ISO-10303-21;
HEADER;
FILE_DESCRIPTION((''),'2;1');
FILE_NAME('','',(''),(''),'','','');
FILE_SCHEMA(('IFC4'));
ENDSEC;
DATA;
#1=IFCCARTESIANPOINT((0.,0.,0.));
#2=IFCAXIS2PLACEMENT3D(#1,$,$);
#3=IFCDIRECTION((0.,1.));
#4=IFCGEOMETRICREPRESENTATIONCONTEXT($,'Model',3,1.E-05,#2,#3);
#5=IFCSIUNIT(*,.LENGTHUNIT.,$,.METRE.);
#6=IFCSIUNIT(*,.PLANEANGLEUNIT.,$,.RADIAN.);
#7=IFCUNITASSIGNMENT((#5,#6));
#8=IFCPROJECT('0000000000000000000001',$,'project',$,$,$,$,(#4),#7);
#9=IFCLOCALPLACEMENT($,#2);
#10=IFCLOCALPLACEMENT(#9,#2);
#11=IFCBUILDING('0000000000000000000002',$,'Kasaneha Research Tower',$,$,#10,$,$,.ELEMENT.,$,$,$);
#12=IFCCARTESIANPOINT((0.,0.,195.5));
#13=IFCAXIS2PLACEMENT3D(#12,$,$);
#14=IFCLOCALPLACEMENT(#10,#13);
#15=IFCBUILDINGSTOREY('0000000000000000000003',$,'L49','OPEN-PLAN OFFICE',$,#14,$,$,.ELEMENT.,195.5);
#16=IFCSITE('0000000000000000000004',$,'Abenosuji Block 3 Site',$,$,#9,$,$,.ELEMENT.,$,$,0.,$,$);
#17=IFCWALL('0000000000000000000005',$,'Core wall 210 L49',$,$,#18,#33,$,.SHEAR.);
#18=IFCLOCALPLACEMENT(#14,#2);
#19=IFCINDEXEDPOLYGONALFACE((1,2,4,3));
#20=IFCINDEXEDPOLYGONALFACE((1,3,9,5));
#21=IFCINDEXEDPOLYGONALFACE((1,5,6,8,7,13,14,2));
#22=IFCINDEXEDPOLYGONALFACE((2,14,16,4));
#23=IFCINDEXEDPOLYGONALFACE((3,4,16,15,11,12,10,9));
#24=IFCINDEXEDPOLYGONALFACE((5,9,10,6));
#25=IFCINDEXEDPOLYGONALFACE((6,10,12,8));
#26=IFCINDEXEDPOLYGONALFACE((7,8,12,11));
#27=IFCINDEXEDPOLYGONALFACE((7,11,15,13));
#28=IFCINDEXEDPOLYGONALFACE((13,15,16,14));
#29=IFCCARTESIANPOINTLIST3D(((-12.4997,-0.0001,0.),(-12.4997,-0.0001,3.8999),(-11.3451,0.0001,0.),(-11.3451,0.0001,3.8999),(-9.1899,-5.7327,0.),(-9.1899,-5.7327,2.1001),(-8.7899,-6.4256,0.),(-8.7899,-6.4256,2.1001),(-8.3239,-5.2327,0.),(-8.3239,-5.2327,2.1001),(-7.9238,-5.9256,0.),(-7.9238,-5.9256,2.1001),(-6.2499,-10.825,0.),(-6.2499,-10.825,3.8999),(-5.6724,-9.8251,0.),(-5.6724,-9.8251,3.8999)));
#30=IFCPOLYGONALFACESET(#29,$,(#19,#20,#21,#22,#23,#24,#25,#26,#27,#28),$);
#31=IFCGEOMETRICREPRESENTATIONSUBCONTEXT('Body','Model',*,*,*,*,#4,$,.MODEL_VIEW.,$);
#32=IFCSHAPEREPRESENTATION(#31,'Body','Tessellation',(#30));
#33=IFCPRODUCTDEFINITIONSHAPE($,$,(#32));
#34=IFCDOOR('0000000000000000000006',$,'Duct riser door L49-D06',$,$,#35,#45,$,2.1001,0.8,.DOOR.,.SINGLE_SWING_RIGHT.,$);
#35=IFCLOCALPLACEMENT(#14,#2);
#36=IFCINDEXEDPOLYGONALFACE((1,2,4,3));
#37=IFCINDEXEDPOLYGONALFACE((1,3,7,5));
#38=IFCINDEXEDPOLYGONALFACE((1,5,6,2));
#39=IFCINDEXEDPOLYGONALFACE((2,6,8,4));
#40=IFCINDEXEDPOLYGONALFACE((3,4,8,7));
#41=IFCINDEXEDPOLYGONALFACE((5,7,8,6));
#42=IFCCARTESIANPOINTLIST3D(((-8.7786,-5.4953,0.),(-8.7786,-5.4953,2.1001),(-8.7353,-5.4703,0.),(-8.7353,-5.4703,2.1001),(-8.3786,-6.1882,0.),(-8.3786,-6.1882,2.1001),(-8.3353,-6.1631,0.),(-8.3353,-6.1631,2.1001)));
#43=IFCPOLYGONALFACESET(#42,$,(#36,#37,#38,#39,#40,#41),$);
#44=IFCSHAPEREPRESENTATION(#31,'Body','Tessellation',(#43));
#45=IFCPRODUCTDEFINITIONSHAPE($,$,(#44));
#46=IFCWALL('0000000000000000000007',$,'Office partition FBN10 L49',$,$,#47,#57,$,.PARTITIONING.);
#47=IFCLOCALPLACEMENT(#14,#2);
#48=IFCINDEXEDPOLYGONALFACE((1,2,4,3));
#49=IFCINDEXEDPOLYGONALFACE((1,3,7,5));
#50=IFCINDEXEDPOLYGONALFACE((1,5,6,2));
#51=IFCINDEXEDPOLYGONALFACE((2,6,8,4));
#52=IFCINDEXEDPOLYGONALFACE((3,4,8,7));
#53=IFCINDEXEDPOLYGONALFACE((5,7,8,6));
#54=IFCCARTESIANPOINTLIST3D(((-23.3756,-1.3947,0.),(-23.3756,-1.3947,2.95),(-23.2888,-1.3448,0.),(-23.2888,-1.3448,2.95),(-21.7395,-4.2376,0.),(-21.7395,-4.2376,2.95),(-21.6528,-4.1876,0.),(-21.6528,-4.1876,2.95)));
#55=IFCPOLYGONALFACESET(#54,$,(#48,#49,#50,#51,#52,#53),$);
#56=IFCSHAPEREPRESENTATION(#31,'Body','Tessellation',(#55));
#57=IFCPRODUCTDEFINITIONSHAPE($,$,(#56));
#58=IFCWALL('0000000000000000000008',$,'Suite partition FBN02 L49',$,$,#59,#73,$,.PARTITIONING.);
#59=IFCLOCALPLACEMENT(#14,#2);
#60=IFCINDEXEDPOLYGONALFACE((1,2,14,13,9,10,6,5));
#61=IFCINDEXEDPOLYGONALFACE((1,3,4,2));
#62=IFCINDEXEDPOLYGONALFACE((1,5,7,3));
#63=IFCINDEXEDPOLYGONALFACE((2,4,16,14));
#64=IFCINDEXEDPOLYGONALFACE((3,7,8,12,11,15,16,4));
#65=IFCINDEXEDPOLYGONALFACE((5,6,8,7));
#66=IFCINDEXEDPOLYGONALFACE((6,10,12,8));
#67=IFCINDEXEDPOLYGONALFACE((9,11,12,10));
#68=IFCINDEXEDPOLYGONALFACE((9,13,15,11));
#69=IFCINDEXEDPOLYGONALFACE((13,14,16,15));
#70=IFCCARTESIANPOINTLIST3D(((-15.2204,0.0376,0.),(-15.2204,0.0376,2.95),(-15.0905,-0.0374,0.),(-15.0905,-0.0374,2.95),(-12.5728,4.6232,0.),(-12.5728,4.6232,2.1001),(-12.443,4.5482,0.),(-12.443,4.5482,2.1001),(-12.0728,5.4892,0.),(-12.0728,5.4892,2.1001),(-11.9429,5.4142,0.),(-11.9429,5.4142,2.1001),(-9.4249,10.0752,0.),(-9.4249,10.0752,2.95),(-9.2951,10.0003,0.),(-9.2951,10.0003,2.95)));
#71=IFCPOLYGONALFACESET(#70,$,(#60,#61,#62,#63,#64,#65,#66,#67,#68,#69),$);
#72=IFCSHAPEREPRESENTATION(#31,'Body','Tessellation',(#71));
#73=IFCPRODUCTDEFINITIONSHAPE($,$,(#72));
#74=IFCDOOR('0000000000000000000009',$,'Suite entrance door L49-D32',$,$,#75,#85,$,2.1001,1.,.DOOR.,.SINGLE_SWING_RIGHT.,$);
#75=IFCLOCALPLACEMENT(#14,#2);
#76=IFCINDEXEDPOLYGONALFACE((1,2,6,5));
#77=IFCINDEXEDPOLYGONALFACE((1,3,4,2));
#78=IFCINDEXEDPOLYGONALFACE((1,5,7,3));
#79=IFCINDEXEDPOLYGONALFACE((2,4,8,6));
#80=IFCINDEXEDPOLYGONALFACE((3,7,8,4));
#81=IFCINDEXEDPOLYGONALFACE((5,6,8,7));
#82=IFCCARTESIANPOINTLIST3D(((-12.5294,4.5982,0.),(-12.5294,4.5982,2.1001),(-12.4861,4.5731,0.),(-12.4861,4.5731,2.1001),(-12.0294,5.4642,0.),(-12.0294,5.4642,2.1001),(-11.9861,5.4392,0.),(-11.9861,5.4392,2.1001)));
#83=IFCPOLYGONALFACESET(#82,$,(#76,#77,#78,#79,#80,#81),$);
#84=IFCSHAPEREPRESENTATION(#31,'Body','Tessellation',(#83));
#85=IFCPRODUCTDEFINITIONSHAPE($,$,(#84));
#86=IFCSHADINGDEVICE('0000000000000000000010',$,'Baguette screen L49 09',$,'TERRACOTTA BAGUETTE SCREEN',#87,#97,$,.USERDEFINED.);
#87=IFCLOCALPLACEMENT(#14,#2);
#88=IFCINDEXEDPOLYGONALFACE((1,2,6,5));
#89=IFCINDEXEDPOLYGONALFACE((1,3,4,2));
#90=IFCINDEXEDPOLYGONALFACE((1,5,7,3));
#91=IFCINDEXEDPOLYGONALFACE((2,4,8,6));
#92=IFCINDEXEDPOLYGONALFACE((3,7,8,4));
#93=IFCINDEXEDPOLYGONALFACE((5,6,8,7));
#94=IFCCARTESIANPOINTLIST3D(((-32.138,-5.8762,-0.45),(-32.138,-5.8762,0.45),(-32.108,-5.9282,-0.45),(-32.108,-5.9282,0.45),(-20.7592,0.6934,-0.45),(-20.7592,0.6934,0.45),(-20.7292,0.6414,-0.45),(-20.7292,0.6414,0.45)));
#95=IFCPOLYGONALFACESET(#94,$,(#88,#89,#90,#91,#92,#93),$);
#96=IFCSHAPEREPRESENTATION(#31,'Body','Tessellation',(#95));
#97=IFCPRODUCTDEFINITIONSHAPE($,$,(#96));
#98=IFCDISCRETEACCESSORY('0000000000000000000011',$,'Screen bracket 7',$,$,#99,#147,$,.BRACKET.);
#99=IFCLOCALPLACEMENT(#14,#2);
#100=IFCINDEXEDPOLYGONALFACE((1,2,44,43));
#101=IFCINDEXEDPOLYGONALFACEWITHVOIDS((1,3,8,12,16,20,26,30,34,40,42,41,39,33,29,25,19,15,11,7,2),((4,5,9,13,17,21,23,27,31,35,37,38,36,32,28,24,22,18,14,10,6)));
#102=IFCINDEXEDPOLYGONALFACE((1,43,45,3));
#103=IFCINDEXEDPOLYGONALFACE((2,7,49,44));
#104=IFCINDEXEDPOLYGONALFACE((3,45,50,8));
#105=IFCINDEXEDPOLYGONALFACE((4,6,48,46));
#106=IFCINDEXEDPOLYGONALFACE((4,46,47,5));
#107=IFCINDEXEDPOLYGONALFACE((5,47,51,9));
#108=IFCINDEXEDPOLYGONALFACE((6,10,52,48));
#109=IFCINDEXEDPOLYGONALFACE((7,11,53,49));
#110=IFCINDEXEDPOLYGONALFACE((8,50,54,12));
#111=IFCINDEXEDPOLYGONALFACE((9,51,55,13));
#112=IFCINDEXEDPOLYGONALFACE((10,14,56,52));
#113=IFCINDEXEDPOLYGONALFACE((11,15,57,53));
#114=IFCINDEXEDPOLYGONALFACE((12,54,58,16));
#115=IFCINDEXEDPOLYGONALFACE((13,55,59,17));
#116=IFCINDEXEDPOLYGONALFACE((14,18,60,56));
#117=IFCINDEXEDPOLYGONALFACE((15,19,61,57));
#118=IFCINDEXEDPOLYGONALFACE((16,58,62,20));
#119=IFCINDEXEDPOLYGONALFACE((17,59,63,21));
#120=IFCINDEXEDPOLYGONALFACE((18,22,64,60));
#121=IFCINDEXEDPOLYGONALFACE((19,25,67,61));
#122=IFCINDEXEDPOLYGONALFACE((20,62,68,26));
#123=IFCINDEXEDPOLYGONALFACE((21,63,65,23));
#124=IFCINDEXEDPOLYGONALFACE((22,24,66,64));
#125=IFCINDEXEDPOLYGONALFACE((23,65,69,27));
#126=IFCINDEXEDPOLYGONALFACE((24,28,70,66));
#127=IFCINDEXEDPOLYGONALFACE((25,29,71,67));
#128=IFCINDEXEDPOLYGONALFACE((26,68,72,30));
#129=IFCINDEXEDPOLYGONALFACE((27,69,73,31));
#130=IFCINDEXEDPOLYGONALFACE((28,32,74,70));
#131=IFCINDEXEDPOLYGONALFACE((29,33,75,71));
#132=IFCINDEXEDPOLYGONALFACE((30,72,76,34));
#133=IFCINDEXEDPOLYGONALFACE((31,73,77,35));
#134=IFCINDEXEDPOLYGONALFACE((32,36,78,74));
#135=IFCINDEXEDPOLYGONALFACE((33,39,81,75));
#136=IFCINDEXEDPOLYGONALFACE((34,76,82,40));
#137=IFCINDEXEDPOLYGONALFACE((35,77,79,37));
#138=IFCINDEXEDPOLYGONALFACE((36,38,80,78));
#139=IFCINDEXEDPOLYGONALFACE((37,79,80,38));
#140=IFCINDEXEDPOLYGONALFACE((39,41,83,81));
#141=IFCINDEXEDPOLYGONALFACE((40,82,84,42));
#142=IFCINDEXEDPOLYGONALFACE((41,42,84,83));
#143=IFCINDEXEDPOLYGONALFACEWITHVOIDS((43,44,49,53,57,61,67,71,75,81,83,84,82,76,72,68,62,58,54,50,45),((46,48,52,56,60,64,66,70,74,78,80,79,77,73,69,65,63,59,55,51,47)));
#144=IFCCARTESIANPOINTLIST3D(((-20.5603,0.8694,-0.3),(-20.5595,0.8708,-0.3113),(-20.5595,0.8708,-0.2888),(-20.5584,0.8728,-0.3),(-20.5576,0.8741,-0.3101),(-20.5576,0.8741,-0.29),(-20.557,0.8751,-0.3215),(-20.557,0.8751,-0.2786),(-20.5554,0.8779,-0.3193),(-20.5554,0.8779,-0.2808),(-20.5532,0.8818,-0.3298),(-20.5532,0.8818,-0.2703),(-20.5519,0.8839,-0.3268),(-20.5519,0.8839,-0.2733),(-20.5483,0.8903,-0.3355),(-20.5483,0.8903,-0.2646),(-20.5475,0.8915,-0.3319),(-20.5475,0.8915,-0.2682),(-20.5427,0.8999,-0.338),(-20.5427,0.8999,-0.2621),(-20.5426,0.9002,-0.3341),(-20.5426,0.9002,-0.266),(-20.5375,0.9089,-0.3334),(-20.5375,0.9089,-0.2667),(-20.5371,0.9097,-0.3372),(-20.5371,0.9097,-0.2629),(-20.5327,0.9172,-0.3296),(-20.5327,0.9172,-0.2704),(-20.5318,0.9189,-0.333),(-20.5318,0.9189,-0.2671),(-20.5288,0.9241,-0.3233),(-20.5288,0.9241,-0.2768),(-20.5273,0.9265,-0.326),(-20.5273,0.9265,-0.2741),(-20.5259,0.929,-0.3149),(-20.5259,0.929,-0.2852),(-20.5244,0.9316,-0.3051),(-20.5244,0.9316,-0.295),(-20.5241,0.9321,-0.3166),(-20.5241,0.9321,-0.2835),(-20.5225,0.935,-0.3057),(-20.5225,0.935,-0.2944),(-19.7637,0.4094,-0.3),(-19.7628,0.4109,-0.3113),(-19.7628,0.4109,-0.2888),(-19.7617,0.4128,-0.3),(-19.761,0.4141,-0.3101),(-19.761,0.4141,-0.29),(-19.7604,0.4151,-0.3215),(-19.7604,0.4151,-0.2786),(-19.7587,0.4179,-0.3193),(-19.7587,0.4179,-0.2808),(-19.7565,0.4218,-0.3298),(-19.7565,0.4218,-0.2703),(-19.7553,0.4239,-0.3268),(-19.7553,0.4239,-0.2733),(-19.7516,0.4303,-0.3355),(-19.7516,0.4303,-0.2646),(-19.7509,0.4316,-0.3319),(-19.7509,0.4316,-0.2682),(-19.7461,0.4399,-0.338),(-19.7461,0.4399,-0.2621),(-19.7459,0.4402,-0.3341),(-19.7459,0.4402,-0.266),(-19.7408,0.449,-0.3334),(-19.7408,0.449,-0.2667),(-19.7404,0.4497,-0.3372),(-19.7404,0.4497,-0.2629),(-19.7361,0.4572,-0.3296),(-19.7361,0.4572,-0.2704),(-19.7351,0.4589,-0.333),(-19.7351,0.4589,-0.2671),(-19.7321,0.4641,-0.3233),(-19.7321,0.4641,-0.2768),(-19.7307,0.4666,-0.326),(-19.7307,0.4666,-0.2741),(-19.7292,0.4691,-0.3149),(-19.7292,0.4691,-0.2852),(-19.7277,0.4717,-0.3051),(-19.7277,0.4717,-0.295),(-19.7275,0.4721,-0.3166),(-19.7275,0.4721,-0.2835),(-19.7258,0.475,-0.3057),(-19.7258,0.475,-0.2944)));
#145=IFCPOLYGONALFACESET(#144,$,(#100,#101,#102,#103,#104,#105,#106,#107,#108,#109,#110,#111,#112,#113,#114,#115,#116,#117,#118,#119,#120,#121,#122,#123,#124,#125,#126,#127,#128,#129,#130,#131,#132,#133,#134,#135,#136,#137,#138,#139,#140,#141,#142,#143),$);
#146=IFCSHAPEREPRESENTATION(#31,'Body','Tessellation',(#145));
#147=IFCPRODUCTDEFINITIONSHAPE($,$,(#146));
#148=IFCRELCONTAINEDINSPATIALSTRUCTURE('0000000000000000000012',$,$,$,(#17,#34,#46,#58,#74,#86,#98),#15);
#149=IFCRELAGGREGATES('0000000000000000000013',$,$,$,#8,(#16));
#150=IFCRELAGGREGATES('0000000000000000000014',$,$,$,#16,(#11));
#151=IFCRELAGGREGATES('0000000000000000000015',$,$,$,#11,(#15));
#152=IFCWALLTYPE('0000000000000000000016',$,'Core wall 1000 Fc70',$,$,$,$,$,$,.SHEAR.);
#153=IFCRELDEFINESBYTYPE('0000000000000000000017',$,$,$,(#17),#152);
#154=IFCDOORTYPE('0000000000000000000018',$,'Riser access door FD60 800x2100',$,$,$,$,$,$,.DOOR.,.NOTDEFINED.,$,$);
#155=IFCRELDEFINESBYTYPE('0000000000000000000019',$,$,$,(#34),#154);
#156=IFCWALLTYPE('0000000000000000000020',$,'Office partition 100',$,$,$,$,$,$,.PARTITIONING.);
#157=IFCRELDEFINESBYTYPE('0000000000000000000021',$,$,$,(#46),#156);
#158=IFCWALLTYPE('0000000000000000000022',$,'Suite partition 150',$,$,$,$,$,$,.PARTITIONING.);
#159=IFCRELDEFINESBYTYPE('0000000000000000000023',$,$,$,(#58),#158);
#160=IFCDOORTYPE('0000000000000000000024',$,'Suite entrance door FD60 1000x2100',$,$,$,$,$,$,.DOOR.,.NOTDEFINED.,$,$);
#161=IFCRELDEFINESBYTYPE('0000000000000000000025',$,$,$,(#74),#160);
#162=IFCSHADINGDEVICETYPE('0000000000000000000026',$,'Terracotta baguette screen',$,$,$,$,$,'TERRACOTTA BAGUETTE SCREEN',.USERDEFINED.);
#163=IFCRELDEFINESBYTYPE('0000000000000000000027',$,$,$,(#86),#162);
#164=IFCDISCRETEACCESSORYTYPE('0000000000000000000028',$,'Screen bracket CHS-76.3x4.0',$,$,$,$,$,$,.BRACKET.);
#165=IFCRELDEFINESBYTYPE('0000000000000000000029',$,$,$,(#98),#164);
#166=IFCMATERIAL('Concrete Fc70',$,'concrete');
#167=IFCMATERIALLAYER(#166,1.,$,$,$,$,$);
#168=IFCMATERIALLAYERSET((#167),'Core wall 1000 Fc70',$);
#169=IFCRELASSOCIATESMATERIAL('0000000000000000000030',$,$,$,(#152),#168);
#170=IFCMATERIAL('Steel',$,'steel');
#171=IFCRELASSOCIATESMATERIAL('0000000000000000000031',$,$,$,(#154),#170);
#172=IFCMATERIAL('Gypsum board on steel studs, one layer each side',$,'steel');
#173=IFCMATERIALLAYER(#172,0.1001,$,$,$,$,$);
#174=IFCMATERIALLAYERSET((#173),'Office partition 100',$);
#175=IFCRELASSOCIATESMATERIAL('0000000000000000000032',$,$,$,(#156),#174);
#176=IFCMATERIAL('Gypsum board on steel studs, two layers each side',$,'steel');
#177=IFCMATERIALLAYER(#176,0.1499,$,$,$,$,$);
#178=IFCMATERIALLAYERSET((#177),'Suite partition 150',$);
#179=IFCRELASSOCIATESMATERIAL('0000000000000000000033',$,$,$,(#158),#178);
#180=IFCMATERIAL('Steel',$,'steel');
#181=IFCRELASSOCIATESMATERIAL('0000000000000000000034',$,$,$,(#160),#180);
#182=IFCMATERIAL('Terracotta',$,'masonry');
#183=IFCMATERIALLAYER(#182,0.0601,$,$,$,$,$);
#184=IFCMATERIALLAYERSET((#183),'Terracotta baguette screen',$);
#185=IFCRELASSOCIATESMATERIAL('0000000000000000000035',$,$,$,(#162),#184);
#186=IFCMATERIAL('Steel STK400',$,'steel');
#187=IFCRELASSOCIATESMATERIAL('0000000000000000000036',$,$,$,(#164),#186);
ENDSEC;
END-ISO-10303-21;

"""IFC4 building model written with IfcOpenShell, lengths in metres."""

from ifc_helpers import new_model, si_unit, direction, frame, frame_2d, origin, origin_2d, place, context, subcontext, project, spatial, polyline, rectangle, hollow_circle, outline, extrude, material, layer, layer_set, material_profile, profile_set, type_object, element, fill, save


model = new_model("IFC4")

# Units and contexts
model_context = context("Model", 3, precision=1e-05, world=origin(), true_north=direction((0.0, 1.0)))
body_context = subcontext(model_context, "Body", "Model", "MODEL_VIEW")
ifc_project = project(units=[si_unit("LENGTHUNIT", "METRE"), si_unit("PLANEANGLEUNIT", "RADIAN")], contexts=[model_context])

# Site, building, storey
site_placement = place(None, origin())
site = spatial("IfcSite", under=ifc_project, at=site_placement, Name="Abenosuji Block 3 Site", CompositionType="ELEMENT", RefElevation=0.0)
building_placement = place(site_placement, origin())
building = spatial("IfcBuilding", under=site, at=building_placement, Name="Kasaneha Research Tower", CompositionType="ELEMENT")
storey_placement = place(building_placement, frame((0.0, 0.0, 195.5)))
storey = spatial("IfcBuildingStorey", under=building, at=storey_placement, Name="L49", Description="OPEN-PLAN OFFICE", CompositionType="ELEMENT", Elevation=195.5)

# Wall, opening, door
ifc_material_1 = material(Name="Concrete Fc70", Category="concrete")
ifc_layer_1 = layer(ifc_material_1, 1.0)
ifc_layer_set_1 = layer_set([ifc_layer_1], Name="Core wall 1000 Fc70")
wall_type_1 = type_object("IfcWallType", Name="Core wall 1000 Fc70", PredefinedType="SHEAR", material=ifc_layer_set_1)
wall_1_placement = place(storey_placement, frame((-11.9224, 0.0, 0.0), z_axis=(0.0, 0.0, 1.0), x_axis=(0.500004, -0.866023, 0.0)))
wall_1 = element("IfcWall", 1, at=wall_1_placement, inside=storey, type_object=wall_type_1, Name="Core wall 210 L49", PredefinedType="SHEAR", context=body_context, shape_type="SweptSolid", body=[
    extrude(outline(polyline([(-0.2886, -0.5), (6.3311, -0.5), (7.1311, -0.5), (12.2109, -0.5), (11.6338, 0.5), (7.1311, 0.5), (6.3311, 0.5), (0.2886, 0.5), (-0.2886, -0.5)])), origin(), (0.0, 0.0, 1.0), 3.8999),
])
opening_1_placement = place(wall_1_placement, frame((6.3311, 0.0, 0.0)))
opening_1 = element("IfcOpeningElement", 2, at=opening_1_placement, cuts=wall_1, PredefinedType="OPENING", context=body_context, shape_type="SweptSolid", body=[
    extrude(rectangle(XDim=0.8, YDim=2.1001, at=frame_2d((0.3999, 1.05))), frame((0.0, 0.51, 0.0), z_axis=(0.0, -1.0, 0.0), x_axis=(1.0, 0.0, 0.0)), (0.0, 0.0, 1.0), 1.02),
])
ifc_material_2 = material(Name="Steel", Category="steel")
door_type_1 = type_object("IfcDoorType", Name="Riser access door FD60 800x2100", OperationType="NOTDEFINED", PredefinedType="DOOR", material=ifc_material_2)
door_1_placement = place(opening_1_placement, origin())
door_1 = element("IfcDoor", 3, at=door_1_placement, inside=storey, type_object=door_type_1, Name="Duct riser door L49-D06", OperationType="SINGLE_SWING_RIGHT", OverallHeight=2.1001, OverallWidth=0.8, PredefinedType="DOOR", context=body_context, shape_type="SweptSolid", body=[
    extrude(rectangle(XDim=0.8, YDim=2.1001, at=frame_2d((0.3999, 1.05))), frame((0.0, 0.0249, 0.0), z_axis=(0.0, -1.0, 0.0), x_axis=(1.0, 0.0, 0.0)), (0.0, 0.0, 1.0), 0.05),
])
fill(opening_1, door_1)

# Wall
ifc_material_3 = material(Name="Gypsum board on steel studs, one layer each side", Category="steel")
ifc_layer_2 = layer(ifc_material_3, 0.1001)
ifc_layer_set_2 = layer_set([ifc_layer_2], Name="Office partition 100")
wall_type_2 = type_object("IfcWallType", Name="Office partition 100", PredefinedType="PARTITIONING", material=ifc_layer_set_2)
wall_2_placement = place(storey_placement, frame((-23.3323, -1.3696, 0.0), z_axis=(0.0, 0.0, 1.0), x_axis=(0.49879, -0.866723, 0.0)))
element("IfcWall", 4, at=wall_2_placement, inside=storey, type_object=wall_type_2, Name="Office partition FBN10 L49", PredefinedType="PARTITIONING", context=body_context, shape_type="SweptSolid", body=[
    extrude(rectangle(XDim=3.28, YDim=0.1001, at=frame_2d((1.6401, 0.0))), origin(), (0.0, 0.0, 1.0), 2.95),
])

# Wall, opening, door
ifc_material_4 = material(Name="Gypsum board on steel studs, two layers each side", Category="steel")
ifc_layer_3 = layer(ifc_material_4, 0.1499)
ifc_layer_set_3 = layer_set([ifc_layer_3], Name="Suite partition 150")
wall_type_3 = type_object("IfcWallType", Name="Suite partition 150", PredefinedType="PARTITIONING", material=ifc_layer_set_3)
wall_3_placement = place(storey_placement, frame((-15.1555, 0.0, 0.0), z_axis=(0.0, 0.0, 1.0), x_axis=(0.500013, 0.866018, 0.0)))
wall_3 = element("IfcWall", 5, at=wall_3_placement, inside=storey, type_object=wall_type_3, Name="Suite partition FBN02 L49", PredefinedType="PARTITIONING", context=body_context, shape_type="SweptSolid", body=[
    extrude(rectangle(XDim=11.5906, YDim=0.1499, at=frame_2d((5.7954, 0.0))), origin(), (0.0, 0.0, 1.0), 2.95),
])
opening_2_placement = place(wall_3_placement, frame((5.2952, 0.0, 0.0)))
opening_2 = element("IfcOpeningElement", 6, at=opening_2_placement, cuts=wall_3, PredefinedType="OPENING", context=body_context, shape_type="SweptSolid", body=[
    extrude(rectangle(XDim=1.0, YDim=2.1001, at=frame_2d((0.5, 1.05))), frame((0.0, 0.085, 0.0), z_axis=(0.0, -1.0, 0.0), x_axis=(1.0, 0.0, 0.0)), (0.0, 0.0, 1.0), 0.1699),
])
ifc_material_5 = material(Name="Steel", Category="steel")
door_type_2 = type_object("IfcDoorType", Name="Suite entrance door FD60 1000x2100", OperationType="NOTDEFINED", PredefinedType="DOOR", material=ifc_material_5)
door_2_placement = place(opening_2_placement, origin())
door_2 = element("IfcDoor", 7, at=door_2_placement, inside=storey, type_object=door_type_2, Name="Suite entrance door L49-D32", OperationType="SINGLE_SWING_RIGHT", OverallHeight=2.1001, OverallWidth=1.0, PredefinedType="DOOR", context=body_context, shape_type="SweptSolid", body=[
    extrude(rectangle(XDim=1.0, YDim=2.1001, at=frame_2d((0.5, 1.05))), frame((0.0, 0.0249, 0.0), z_axis=(0.0, -1.0, 0.0), x_axis=(1.0, 0.0, 0.0)), (0.0, 0.0, 1.0), 0.05),
])
fill(opening_2, door_2)

# Shading device
ifc_material_6 = material(Name="Terracotta", Category="masonry")
ifc_layer_4 = layer(ifc_material_6, 0.0601)
ifc_layer_set_4 = layer_set([ifc_layer_4], Name="Terracotta baguette screen")
shading_device_type = type_object("IfcShadingDeviceType", Name="Terracotta baguette screen", ElementType="TERRACOTTA BAGUETTE SCREEN", PredefinedType="USERDEFINED", material=ifc_layer_set_4)
shading_device_placement = place(storey_placement, frame((-26.4336, -2.6174, -0.45), z_axis=(0.0, 0.0, 1.0), x_axis=(-0.866025, -0.5, 0.0)))
element("IfcShadingDevice", 8, at=shading_device_placement, inside=storey, type_object=shading_device_type, Name="Baguette screen L49 09", ObjectType="TERRACOTTA BAGUETTE SCREEN", PredefinedType="USERDEFINED", context=body_context, shape_type="SweptSolid", body=[
    extrude(rectangle(XDim=13.1392, YDim=0.0601, at=origin_2d()), origin(), (0.0, 0.0, 1.0), 0.8999),
])

# Discrete accessory
ifc_material_7 = material(Name="Steel STK400", Category="steel")
ifc_material_profile_1 = material_profile(ifc_material_7, hollow_circle(Radius=0.0381, WallThickness=0.0039, at=origin_2d()), Name="CHS-76.3x4.0")
ifc_profile_set_1 = profile_set([ifc_material_profile_1], Name="Steel STK400")
discrete_accessory_type = type_object("IfcDiscreteAccessoryType", Name="Screen bracket CHS-76.3x4.0", PredefinedType="BRACKET", material=ifc_profile_set_1)
for number, where, z_axis, x_axis, name in (
    (9, (-19.7446, 0.4424, -0.3), (-0.866013, 0.500021, 0.0), (-0.500021, -0.866013, 0.0), "Screen bracket 7"),
):
    element("IfcDiscreteAccessory", number, at=place(storey_placement, frame(where, z_axis=z_axis, x_axis=x_axis)), inside=storey, type_object=discrete_accessory_type, Name=name, PredefinedType="BRACKET", context=body_context, shape_type="SweptSolid", body=[
        extrude(hollow_circle(Radius=0.0381, WallThickness=0.0039, at=origin_2d()), origin(), (0.0, 0.0, 1.0), 0.9199),
    ])

save(model, "model.ifc")
